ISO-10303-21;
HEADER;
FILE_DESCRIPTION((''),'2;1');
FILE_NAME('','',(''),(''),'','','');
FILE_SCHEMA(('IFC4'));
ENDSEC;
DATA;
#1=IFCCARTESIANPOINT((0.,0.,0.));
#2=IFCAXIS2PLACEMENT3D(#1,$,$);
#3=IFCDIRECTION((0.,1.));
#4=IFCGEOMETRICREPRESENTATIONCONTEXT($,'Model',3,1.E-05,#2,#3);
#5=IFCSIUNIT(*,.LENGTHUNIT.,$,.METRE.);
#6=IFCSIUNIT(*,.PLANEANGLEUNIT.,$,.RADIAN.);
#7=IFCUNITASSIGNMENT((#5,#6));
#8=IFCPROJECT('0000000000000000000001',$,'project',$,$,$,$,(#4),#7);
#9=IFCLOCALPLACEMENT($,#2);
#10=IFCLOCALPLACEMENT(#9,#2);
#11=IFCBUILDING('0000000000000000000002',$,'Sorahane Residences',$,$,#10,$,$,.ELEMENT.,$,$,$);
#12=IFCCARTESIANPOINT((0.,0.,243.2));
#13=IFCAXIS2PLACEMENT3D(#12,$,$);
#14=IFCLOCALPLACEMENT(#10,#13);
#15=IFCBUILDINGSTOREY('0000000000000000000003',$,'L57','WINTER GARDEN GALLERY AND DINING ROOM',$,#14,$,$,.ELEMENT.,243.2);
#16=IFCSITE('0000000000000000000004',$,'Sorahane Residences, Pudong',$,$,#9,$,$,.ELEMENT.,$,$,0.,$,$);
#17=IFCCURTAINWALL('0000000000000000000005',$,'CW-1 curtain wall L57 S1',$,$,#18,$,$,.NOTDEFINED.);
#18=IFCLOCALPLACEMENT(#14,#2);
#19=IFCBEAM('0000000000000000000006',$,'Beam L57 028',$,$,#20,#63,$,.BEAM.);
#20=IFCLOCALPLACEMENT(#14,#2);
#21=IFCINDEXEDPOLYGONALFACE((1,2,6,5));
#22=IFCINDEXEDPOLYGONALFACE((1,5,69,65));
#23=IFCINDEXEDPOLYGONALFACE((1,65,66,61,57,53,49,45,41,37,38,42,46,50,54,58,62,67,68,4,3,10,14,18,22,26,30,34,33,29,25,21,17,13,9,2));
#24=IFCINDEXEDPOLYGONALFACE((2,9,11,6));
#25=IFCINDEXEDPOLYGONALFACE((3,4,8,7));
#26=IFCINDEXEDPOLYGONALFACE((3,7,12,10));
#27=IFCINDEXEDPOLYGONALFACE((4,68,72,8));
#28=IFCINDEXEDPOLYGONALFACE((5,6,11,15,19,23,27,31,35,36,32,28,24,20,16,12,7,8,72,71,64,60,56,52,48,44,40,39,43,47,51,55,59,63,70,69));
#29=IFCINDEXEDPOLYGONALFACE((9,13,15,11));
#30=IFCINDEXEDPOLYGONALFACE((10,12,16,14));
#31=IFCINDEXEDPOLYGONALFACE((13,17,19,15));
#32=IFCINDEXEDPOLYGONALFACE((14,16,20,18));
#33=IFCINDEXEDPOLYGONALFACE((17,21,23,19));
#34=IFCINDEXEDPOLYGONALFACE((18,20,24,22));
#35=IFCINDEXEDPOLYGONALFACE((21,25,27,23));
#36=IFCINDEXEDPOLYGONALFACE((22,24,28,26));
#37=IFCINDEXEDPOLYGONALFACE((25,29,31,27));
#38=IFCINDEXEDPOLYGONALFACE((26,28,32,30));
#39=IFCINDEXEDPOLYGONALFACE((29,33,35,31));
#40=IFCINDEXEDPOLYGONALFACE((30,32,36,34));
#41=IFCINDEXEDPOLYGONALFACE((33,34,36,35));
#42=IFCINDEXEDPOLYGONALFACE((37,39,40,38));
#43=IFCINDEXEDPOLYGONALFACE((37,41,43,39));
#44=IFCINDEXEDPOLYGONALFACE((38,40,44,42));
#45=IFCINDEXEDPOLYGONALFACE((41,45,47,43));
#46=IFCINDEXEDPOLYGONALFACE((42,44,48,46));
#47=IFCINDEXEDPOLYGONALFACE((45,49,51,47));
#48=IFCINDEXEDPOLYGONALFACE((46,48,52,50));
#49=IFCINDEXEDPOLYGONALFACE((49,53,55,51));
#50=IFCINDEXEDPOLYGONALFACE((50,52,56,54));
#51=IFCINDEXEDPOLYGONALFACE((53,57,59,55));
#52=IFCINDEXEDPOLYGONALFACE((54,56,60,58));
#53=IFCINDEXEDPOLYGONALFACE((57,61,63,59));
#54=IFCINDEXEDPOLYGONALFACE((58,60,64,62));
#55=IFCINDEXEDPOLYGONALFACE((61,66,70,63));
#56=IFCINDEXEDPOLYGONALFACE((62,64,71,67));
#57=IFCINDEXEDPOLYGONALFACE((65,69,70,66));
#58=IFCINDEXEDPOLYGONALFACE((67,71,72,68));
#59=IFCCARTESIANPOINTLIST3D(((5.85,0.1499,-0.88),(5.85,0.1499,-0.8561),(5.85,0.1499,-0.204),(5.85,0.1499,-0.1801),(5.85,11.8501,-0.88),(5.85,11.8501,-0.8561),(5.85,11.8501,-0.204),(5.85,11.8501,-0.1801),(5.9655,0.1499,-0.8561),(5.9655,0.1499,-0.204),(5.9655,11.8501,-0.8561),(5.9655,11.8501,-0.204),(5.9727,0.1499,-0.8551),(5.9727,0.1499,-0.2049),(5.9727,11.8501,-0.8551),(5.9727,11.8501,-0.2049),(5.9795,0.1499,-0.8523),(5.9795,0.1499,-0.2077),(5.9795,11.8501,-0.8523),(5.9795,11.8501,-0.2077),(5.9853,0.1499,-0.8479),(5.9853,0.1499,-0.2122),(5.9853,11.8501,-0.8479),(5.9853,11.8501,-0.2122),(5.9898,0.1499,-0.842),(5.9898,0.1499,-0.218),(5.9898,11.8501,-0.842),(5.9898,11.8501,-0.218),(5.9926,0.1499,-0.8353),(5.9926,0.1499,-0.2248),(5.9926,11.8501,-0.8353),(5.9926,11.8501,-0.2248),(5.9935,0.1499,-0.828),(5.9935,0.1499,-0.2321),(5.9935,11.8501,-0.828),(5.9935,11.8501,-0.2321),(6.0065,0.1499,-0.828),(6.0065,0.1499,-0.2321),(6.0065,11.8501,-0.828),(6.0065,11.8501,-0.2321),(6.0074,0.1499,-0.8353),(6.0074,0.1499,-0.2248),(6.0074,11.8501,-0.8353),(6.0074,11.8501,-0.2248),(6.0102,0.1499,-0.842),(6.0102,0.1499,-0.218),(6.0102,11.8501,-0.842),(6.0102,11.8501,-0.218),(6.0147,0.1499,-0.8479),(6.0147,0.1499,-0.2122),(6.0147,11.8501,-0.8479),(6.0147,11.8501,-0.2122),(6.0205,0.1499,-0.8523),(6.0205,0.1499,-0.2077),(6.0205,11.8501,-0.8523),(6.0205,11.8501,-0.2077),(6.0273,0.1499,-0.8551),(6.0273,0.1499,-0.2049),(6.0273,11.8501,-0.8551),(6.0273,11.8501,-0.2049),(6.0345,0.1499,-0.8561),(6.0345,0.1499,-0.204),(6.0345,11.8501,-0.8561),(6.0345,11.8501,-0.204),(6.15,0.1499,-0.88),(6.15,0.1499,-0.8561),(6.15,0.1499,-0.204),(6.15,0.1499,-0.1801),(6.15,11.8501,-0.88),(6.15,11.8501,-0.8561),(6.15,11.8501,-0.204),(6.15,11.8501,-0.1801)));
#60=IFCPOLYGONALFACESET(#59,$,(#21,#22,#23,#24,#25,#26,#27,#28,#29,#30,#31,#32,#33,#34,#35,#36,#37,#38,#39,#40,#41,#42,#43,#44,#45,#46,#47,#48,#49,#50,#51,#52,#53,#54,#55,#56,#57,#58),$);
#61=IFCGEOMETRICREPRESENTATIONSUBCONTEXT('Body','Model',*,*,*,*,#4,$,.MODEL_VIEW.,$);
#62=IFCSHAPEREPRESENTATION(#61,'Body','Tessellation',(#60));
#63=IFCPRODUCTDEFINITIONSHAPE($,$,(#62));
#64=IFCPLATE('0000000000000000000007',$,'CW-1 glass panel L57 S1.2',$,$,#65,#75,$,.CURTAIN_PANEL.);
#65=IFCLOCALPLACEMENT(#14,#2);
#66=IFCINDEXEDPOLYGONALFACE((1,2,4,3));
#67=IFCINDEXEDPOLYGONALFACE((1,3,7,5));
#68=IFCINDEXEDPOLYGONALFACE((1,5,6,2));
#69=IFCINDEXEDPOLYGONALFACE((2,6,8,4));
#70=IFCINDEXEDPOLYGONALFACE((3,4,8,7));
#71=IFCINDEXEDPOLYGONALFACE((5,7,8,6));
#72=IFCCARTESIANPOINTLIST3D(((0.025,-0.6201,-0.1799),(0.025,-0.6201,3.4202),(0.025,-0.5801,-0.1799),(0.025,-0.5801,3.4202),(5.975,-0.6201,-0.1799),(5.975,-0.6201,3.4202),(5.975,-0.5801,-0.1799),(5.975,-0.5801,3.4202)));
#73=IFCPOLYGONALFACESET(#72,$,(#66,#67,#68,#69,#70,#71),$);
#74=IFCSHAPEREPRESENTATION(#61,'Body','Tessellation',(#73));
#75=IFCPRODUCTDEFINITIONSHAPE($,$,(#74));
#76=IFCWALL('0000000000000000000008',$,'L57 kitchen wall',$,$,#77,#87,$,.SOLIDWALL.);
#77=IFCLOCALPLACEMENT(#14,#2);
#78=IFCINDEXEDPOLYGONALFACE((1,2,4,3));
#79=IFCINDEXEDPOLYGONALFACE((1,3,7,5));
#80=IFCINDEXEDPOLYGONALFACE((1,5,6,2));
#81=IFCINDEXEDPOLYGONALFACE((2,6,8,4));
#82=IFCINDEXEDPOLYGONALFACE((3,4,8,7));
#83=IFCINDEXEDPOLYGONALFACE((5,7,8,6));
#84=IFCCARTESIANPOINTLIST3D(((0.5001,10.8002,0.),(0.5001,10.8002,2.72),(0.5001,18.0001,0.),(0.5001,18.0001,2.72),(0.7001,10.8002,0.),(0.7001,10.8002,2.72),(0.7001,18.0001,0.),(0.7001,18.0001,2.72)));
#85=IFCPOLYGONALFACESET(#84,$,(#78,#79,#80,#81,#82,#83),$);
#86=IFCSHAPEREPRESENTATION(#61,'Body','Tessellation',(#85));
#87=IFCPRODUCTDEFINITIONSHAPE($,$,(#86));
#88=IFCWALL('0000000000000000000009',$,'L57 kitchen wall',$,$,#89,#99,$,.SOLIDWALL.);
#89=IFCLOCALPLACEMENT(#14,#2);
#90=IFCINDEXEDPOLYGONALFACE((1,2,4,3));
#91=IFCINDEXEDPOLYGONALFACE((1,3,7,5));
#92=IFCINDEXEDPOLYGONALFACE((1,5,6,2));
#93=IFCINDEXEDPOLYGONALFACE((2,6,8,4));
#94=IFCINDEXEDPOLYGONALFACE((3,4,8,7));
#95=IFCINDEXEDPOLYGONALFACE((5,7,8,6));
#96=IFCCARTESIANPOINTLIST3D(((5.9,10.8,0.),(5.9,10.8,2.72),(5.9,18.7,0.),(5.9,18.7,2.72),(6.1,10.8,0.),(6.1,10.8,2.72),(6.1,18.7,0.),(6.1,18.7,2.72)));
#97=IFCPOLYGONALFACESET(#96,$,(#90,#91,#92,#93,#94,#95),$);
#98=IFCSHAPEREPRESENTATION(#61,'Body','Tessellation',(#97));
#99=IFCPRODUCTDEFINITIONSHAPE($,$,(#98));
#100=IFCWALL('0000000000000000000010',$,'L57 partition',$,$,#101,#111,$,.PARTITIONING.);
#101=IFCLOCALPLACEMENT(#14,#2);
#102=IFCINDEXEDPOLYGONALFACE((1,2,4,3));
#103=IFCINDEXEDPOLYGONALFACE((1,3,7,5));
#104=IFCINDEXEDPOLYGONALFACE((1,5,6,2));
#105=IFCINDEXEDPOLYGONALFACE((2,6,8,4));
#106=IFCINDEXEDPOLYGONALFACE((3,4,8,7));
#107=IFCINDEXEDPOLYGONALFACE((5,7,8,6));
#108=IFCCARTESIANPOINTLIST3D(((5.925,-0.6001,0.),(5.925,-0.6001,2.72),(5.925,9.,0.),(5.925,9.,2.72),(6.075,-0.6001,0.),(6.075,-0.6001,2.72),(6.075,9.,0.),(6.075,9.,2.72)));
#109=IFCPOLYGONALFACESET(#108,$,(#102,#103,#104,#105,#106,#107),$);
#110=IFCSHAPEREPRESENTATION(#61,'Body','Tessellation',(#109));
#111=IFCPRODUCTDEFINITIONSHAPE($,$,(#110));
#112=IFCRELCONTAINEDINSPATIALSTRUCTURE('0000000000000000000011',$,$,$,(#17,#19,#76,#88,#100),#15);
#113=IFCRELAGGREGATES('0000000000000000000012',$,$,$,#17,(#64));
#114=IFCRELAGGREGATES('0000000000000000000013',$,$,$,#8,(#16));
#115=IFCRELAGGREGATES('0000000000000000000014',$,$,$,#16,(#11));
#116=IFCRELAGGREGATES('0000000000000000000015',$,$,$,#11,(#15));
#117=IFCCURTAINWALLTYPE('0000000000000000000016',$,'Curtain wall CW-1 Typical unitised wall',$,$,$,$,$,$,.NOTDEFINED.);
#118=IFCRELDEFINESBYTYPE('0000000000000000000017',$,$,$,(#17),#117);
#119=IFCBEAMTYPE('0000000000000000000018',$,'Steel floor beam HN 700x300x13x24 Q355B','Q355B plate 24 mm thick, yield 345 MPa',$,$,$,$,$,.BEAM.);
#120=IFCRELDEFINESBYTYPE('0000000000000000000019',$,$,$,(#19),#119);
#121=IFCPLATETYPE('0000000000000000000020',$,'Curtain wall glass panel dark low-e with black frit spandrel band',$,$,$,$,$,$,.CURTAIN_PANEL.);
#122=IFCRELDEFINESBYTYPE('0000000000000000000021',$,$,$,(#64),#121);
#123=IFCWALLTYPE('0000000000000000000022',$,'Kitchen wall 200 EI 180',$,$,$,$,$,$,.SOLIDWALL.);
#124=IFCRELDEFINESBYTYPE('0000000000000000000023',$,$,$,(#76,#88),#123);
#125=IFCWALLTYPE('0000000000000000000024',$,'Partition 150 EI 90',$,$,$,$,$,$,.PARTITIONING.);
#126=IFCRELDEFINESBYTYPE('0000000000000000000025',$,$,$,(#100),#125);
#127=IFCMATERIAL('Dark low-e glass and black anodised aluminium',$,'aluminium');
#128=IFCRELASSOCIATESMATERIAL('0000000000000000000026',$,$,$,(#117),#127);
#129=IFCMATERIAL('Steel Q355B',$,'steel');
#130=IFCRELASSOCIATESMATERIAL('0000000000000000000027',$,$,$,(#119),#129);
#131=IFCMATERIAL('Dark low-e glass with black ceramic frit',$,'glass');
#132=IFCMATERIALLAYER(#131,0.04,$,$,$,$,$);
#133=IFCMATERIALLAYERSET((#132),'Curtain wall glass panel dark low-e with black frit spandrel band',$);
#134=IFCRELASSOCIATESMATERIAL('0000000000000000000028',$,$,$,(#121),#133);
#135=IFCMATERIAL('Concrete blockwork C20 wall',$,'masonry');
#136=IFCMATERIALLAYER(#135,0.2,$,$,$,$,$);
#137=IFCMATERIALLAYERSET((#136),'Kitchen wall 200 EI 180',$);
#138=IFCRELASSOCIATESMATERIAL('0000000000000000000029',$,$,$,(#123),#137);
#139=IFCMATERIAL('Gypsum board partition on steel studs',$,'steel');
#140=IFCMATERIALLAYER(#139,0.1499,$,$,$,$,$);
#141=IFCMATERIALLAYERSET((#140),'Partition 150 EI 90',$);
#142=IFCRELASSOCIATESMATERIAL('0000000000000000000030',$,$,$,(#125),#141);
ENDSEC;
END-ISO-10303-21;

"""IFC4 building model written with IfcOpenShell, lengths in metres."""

from ifc_helpers import new_model, si_unit, direction, frame, frame_2d, origin, origin_2d, place, context, subcontext, project, spatial, rectangle, i_section, extrude, material, layer, layer_set, material_profile, profile_set, type_object, element, aggregate, save


model = new_model("IFC4")

# Units and contexts
model_context = context("Model", 3, precision=1e-05, world=origin(), true_north=direction((0.0, 1.0)))
body_context = subcontext(model_context, "Body", "Model", "MODEL_VIEW")
ifc_project = project(units=[si_unit("LENGTHUNIT", "METRE"), si_unit("PLANEANGLEUNIT", "RADIAN")], contexts=[model_context])

# Site, building, storey
site_placement = place(None, origin())
site = spatial("IfcSite", under=ifc_project, at=site_placement, Name="Sorahane Residences, Pudong", CompositionType="ELEMENT", RefElevation=0.0)
building_placement = place(site_placement, origin())
building = spatial("IfcBuilding", under=site, at=building_placement, Name="Sorahane Residences", CompositionType="ELEMENT")
storey_placement = place(building_placement, frame((0.0, 0.0, 243.2)))
storey = spatial("IfcBuildingStorey", under=building, at=storey_placement, Name="L57", Description="WINTER GARDEN GALLERY AND DINING ROOM", CompositionType="ELEMENT", Elevation=243.2)

# Curtain wall
ifc_material_1 = material(Name="Dark low-e glass and black anodised aluminium", Category="aluminium")
curtain_wall_type = type_object("IfcCurtainWallType", Name="Curtain wall CW-1 Typical unitised wall", PredefinedType="NOTDEFINED", material=ifc_material_1)
curtain_wall_placement = place(storey_placement, origin())
curtain_wall = element("IfcCurtainWall", 1, at=curtain_wall_placement, inside=storey, type_object=curtain_wall_type, Name="CW-1 curtain wall L57 S1", PredefinedType="NOTDEFINED")

# Beam
ifc_material_2 = material(Name="Steel Q355B", Category="steel")
ifc_material_profile_1 = material_profile(ifc_material_2, i_section(OverallWidth=0.3, OverallDepth=0.7, WebThickness=0.0129, FlangeThickness=0.0239, FilletRadius=0.0281, at=origin_2d()), Name="HN 700x300x13x24")
ifc_profile_set_1 = profile_set([ifc_material_profile_1], Name="Steel Q355B")
beam_type_1 = type_object("IfcBeamType", Name="Steel floor beam HN 700x300x13x24 Q355B", Description="Q355B plate 24 mm thick, yield 345 MPa", PredefinedType="BEAM", material=ifc_profile_set_1)
beam_1_placement = place(storey_placement, frame((6.0, 0.1499, -0.53), z_axis=(0.0, 1.0, 0.0), x_axis=(-1.0, 0.0, 0.0)))
element("IfcBeam", 2, at=beam_1_placement, inside=storey, type_object=beam_type_1, Name="Beam L57 028", PredefinedType="BEAM", context=body_context, shape_type="SweptSolid", body=[
    extrude(i_section(OverallWidth=0.3, OverallDepth=0.7, WebThickness=0.0129, FlangeThickness=0.0239, FilletRadius=0.0281, at=origin_2d()), origin(), (0.0, 0.0, 1.0), 11.7002),
])

# Plate
ifc_material_3 = material(Name="Dark low-e glass with black ceramic frit", Category="glass")
ifc_layer_1 = layer(ifc_material_3, 0.04)
ifc_layer_set_1 = layer_set([ifc_layer_1], Name="Curtain wall glass panel dark low-e with black frit spandrel band")
plate_type = type_object("IfcPlateType", Name="Curtain wall glass panel dark low-e with black frit spandrel band", PredefinedType="CURTAIN_PANEL", material=ifc_layer_set_1)
plate_placement = place(storey_placement, frame((3.0, -0.6001, -0.1799), z_axis=(0.0, 0.0, 1.0), x_axis=(1.0, 0.0, 0.0)))
plate = element("IfcPlate", 3, at=plate_placement, type_object=plate_type, Name="CW-1 glass panel L57 S1.2", PredefinedType="CURTAIN_PANEL", context=body_context, shape_type="SweptSolid", body=[
    extrude(rectangle(XDim=5.95, YDim=0.04, at=origin_2d()), origin(), (0.0, 0.0, 1.0), 3.6001),
])
aggregate(curtain_wall, [plate])

# Walls
ifc_material_4 = material(Name="Concrete blockwork C20 wall", Category="masonry")
ifc_layer_2 = layer(ifc_material_4, 0.2)
ifc_layer_set_2 = layer_set([ifc_layer_2], Name="Kitchen wall 200 EI 180")
wall_type_1 = type_object("IfcWallType", Name="Kitchen wall 200 EI 180", PredefinedType="SOLIDWALL", material=ifc_layer_set_2)
wall_1_placement = place(storey_placement, frame((0.6001, 10.8, 0.0), z_axis=(0.0, 0.0, 1.0), x_axis=(0.0, 1.0, 0.0)))
element("IfcWall", 4, at=wall_1_placement, inside=storey, type_object=wall_type_1, Name="L57 kitchen wall", PredefinedType="SOLIDWALL", context=body_context, shape_type="SweptSolid", body=[
    extrude(rectangle(XDim=7.2, YDim=0.2, at=frame_2d((3.6001, 0.0))), origin(), (0.0, 0.0, 1.0), 2.72),
])
wall_2_placement = place(storey_placement, frame((6.0, 10.8, 0.0), z_axis=(0.0, 0.0, 1.0), x_axis=(0.0, 1.0, 0.0)))
element("IfcWall", 5, at=wall_2_placement, inside=storey, type_object=wall_type_1, Name="L57 kitchen wall", PredefinedType="SOLIDWALL", context=body_context, shape_type="SweptSolid", body=[
    extrude(rectangle(XDim=7.8999, YDim=0.2, at=frame_2d((3.95, 0.0))), origin(), (0.0, 0.0, 1.0), 2.72),
])

# Wall
ifc_material_5 = material(Name="Gypsum board partition on steel studs", Category="steel")
ifc_layer_3 = layer(ifc_material_5, 0.1499)
ifc_layer_set_3 = layer_set([ifc_layer_3], Name="Partition 150 EI 90")
wall_type_2 = type_object("IfcWallType", Name="Partition 150 EI 90", PredefinedType="PARTITIONING", material=ifc_layer_set_3)
wall_3_placement = place(storey_placement, frame((6.0, -0.6001, 0.0), z_axis=(0.0, 0.0, 1.0), x_axis=(0.0, 1.0, 0.0)))
element("IfcWall", 6, at=wall_3_placement, inside=storey, type_object=wall_type_2, Name="L57 partition", PredefinedType="PARTITIONING", context=body_context, shape_type="SweptSolid", body=[
    extrude(rectangle(XDim=9.6001, YDim=0.1499, at=frame_2d((4.8, 0.0))), origin(), (0.0, 0.0, 1.0), 2.72),
])

save(model, "model.ifc")
